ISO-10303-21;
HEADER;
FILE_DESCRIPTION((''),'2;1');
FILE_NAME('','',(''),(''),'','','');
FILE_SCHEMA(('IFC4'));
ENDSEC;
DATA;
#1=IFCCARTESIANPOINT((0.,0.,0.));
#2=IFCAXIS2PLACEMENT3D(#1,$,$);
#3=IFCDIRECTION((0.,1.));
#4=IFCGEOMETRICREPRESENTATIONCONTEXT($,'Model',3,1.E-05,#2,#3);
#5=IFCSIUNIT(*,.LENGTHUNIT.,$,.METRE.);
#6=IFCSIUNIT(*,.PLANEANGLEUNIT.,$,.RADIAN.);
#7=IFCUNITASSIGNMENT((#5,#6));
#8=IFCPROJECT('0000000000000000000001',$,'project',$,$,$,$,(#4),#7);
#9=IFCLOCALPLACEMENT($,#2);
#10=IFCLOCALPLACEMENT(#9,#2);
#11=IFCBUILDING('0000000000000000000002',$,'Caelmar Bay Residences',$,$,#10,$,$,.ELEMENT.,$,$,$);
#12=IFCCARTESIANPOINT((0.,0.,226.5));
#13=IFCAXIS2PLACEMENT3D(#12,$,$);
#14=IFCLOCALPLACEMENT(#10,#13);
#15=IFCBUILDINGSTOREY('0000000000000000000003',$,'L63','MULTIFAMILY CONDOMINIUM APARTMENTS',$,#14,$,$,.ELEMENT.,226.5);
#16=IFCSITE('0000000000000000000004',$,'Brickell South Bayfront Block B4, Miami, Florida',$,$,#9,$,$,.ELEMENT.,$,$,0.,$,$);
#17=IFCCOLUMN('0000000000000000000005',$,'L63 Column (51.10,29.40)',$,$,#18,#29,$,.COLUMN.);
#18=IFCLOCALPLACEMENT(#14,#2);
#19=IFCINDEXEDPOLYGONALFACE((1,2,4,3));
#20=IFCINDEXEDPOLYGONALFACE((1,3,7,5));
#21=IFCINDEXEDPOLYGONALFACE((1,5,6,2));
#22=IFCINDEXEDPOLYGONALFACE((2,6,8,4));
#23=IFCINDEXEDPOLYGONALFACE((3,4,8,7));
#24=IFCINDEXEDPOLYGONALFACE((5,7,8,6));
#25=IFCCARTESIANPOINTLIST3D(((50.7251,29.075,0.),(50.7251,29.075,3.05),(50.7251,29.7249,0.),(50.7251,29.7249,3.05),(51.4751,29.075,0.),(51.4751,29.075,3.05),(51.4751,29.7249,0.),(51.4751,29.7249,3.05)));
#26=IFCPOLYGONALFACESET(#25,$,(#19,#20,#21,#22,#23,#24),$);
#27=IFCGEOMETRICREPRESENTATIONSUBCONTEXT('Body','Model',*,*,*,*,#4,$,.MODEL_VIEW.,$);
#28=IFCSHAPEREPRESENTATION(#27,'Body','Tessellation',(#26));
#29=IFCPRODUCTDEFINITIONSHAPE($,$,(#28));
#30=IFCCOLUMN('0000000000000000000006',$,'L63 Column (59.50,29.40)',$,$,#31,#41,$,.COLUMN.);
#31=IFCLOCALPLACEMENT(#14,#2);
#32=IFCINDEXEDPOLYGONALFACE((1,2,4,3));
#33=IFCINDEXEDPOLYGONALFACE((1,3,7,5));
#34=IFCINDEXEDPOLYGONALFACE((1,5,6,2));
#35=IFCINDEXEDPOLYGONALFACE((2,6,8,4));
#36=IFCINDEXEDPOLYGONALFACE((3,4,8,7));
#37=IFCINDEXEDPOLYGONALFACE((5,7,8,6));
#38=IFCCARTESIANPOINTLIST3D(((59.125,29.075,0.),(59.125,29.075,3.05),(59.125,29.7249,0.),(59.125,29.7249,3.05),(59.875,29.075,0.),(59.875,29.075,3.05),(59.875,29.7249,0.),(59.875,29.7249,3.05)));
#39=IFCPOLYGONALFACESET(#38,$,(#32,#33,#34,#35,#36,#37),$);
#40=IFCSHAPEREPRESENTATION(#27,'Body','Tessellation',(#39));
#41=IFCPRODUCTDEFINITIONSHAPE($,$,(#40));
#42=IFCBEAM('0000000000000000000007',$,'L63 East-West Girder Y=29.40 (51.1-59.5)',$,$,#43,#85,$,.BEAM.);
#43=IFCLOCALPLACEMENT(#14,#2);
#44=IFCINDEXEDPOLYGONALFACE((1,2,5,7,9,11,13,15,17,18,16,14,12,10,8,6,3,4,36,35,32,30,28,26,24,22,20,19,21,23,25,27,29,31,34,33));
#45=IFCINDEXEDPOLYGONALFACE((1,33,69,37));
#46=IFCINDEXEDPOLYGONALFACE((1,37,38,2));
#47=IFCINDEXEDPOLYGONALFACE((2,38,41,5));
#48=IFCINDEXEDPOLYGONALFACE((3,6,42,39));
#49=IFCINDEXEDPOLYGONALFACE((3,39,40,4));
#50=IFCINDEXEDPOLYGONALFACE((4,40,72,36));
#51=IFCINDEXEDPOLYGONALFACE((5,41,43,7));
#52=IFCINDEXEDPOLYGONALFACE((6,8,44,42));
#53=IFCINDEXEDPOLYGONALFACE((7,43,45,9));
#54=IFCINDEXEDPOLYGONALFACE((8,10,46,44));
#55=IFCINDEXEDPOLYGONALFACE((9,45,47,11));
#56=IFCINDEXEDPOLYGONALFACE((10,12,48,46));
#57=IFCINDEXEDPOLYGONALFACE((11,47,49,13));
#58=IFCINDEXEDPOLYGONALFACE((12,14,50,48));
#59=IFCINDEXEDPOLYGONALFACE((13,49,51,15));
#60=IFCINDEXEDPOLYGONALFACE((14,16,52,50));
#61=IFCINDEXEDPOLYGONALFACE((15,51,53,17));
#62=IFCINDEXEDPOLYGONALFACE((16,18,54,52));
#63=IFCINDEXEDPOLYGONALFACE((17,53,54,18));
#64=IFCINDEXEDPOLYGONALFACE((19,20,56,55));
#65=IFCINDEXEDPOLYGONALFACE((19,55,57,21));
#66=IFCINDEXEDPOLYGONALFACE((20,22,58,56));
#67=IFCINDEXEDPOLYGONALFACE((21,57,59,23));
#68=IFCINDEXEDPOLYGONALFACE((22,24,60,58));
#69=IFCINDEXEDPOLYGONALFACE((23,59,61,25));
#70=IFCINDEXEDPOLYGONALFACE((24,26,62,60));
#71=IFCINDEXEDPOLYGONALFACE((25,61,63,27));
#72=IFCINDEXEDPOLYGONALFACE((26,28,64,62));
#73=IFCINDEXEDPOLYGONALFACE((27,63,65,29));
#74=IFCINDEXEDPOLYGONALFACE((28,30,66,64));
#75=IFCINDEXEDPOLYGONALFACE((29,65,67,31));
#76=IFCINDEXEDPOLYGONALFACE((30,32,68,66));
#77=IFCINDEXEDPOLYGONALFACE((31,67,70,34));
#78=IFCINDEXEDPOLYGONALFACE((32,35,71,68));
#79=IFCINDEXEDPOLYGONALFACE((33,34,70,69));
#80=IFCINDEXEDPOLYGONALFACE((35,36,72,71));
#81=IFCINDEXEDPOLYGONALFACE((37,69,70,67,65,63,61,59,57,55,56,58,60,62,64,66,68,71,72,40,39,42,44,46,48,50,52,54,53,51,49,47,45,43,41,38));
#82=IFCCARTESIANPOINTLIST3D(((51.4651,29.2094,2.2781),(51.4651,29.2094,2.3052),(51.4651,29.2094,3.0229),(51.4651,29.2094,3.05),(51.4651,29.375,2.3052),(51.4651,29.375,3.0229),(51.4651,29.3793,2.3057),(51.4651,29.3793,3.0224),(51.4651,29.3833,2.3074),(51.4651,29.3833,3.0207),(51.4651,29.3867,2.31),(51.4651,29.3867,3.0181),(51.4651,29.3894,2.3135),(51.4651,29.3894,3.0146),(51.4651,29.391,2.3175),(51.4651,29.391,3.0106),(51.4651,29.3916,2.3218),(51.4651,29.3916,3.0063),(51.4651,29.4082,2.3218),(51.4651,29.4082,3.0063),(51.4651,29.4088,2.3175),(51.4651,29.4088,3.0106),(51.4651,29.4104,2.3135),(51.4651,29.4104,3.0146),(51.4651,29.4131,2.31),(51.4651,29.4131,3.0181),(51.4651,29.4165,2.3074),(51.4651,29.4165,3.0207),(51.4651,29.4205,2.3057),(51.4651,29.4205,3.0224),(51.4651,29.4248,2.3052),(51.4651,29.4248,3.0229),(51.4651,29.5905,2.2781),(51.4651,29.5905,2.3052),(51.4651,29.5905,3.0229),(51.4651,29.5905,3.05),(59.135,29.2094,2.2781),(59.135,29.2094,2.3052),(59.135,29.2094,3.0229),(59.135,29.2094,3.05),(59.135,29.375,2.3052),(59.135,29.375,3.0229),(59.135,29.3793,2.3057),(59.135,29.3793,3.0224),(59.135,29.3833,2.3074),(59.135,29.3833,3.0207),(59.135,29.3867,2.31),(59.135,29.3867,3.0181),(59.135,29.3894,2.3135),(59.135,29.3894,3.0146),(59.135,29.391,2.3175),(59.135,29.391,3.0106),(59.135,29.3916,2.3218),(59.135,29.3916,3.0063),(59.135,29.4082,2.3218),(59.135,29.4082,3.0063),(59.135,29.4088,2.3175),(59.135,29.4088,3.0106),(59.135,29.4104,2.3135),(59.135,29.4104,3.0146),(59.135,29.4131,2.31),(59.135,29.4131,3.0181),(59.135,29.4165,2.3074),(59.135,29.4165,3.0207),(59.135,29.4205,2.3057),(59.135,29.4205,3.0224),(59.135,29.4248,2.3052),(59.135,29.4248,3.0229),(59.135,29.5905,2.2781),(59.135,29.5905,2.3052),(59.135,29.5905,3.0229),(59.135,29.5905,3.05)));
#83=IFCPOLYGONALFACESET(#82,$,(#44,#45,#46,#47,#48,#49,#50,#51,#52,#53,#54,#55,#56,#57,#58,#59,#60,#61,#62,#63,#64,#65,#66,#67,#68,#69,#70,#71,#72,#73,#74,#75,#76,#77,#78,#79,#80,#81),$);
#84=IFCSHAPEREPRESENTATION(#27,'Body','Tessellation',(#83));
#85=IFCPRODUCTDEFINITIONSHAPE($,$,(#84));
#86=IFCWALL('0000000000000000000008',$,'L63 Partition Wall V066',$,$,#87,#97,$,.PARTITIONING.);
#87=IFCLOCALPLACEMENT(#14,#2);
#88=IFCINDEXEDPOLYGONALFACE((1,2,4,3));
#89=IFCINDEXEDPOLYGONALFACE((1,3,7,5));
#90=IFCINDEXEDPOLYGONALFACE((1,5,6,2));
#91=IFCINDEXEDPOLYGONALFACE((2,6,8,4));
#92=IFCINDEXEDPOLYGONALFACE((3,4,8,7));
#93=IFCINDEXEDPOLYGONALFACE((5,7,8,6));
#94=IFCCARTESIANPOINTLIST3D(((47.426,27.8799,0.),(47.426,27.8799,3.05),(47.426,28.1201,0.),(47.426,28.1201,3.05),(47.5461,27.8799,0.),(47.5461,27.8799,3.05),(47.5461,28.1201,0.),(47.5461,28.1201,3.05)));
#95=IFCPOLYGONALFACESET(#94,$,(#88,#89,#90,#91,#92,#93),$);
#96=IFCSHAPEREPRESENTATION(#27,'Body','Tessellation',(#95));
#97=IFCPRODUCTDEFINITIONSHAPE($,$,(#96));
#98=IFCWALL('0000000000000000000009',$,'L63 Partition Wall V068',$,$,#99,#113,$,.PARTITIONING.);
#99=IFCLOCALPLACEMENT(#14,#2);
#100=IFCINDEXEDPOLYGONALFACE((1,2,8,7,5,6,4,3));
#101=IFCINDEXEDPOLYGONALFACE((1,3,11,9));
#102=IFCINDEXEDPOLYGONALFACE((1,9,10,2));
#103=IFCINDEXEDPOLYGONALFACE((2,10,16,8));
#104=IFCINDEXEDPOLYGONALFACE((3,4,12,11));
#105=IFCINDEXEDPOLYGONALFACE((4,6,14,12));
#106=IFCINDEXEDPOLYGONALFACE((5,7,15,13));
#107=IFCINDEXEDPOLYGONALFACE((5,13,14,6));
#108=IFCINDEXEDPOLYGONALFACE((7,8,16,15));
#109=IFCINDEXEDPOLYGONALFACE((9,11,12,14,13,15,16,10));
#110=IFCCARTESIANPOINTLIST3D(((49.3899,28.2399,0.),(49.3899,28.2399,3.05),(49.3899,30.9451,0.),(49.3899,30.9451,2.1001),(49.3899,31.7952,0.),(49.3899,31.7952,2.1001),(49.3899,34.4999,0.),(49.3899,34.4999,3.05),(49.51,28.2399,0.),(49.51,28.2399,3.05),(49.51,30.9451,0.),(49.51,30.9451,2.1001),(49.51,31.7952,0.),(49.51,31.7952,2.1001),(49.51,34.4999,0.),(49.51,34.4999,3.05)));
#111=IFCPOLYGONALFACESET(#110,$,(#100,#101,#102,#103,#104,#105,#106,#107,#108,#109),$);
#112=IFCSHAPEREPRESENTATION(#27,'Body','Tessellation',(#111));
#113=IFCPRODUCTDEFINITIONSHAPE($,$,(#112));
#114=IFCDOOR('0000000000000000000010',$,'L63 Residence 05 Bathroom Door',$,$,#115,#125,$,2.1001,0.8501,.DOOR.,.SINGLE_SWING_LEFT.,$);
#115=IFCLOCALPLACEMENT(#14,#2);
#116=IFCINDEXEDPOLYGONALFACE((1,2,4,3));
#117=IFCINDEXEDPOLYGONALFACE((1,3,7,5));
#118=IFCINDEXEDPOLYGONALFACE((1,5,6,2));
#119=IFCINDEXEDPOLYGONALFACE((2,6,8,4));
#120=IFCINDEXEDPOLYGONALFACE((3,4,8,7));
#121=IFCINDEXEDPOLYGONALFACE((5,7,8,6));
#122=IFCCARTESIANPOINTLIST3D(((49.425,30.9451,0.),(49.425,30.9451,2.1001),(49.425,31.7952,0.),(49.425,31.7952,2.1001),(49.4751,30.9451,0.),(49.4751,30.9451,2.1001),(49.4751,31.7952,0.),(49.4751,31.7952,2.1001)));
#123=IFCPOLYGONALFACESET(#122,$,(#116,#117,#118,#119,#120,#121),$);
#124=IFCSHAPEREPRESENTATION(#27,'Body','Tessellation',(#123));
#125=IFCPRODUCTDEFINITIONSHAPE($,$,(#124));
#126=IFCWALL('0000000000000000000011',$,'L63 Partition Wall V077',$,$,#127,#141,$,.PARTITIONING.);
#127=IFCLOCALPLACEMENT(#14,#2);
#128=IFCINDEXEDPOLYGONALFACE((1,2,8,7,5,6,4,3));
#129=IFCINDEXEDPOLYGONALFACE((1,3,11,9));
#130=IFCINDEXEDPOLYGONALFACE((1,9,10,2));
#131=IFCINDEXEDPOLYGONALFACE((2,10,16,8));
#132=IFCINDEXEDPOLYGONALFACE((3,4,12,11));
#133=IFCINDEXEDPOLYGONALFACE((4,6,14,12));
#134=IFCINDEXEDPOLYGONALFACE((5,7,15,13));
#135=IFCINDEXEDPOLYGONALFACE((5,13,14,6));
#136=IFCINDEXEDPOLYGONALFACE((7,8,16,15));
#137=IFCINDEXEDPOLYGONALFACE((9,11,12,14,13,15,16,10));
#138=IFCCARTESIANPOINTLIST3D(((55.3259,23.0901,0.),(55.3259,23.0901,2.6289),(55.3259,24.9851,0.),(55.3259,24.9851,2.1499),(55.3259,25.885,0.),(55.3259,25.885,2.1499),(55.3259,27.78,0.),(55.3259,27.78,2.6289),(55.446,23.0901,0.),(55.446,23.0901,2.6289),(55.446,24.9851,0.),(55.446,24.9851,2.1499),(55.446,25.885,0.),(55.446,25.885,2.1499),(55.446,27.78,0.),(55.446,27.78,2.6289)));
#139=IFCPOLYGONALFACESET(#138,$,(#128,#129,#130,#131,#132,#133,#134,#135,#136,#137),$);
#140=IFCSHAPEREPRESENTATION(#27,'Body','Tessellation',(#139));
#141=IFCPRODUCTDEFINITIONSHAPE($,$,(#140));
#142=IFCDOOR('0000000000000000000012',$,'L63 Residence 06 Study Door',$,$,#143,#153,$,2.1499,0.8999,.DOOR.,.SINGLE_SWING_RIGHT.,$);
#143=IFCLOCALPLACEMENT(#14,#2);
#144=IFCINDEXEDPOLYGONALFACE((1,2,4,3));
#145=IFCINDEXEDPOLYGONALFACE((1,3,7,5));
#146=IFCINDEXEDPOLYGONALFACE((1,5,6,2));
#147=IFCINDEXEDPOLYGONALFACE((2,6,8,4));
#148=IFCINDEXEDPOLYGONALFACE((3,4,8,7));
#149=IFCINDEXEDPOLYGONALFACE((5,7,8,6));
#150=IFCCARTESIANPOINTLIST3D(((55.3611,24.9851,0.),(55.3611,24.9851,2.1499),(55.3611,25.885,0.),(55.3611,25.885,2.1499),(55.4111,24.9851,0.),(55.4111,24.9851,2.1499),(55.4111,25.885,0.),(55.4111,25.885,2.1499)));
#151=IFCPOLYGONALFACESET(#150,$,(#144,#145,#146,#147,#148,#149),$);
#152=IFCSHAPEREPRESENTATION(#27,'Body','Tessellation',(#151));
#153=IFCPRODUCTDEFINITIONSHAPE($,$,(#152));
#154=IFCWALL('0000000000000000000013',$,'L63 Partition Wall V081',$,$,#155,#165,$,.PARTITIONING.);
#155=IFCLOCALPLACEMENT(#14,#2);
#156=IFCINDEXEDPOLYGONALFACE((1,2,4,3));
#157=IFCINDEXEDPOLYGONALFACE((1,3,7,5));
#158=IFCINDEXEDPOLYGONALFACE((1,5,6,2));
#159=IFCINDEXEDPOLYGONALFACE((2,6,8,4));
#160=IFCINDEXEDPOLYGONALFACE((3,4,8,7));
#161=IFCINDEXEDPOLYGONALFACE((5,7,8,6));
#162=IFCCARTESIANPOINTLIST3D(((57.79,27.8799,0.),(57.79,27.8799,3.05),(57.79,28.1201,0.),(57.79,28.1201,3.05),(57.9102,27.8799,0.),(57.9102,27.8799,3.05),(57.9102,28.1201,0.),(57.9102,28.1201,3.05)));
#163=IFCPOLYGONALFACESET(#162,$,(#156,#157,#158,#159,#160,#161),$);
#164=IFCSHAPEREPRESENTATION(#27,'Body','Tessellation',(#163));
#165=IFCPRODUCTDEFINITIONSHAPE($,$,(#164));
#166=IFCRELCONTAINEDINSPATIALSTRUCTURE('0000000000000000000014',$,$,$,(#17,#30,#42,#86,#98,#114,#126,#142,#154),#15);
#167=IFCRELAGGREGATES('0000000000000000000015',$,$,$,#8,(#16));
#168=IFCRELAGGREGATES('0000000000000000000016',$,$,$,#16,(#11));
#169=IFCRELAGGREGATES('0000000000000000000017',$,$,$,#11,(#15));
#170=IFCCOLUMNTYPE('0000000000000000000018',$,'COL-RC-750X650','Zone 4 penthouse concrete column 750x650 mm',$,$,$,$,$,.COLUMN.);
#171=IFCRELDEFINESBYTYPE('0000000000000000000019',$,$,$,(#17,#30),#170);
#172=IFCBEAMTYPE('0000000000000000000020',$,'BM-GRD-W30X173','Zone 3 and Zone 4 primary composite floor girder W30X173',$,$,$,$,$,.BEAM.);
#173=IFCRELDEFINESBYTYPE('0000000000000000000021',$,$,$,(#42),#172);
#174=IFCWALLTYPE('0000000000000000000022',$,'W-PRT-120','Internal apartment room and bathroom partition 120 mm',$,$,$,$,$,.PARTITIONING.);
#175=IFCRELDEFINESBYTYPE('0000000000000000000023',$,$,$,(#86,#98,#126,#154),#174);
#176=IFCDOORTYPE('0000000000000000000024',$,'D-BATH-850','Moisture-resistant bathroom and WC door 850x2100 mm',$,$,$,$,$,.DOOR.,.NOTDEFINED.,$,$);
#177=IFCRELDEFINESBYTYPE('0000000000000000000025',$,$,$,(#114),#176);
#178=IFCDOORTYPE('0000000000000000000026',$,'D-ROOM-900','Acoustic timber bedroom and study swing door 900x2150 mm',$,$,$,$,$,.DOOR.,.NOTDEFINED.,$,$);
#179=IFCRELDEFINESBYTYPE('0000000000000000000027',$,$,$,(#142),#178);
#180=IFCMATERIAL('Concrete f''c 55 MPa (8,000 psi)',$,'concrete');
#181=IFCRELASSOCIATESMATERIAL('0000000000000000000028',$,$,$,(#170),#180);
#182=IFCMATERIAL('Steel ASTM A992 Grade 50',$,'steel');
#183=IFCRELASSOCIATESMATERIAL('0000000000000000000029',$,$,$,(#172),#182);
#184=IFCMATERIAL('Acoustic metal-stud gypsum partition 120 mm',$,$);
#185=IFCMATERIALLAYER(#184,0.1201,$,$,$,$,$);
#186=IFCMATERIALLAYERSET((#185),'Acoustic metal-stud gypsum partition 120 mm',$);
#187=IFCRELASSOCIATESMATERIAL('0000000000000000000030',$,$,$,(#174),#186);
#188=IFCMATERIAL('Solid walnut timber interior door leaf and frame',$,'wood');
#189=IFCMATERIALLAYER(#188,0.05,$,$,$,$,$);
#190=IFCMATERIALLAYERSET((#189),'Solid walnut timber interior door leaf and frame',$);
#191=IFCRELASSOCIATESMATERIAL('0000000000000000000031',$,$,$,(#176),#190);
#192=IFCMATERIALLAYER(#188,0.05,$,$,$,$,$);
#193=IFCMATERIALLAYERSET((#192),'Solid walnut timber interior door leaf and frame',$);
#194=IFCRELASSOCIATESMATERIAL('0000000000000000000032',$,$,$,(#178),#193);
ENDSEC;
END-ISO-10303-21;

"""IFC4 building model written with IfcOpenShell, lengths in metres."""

from ifc_helpers import new_model, si_unit, direction, frame, frame_2d, origin, origin_2d, place, context, subcontext, project, spatial, rectangle, i_section, extrude, material, layer, layer_set, material_profile, profile_set, type_object, element, fill, save


model = new_model("IFC4")

# Units and contexts
model_context = context("Model", 3, precision=1e-05, world=origin(), true_north=direction((0.0, 1.0)))
body_context = subcontext(model_context, "Body", "Model", "MODEL_VIEW")
ifc_project = project(units=[si_unit("LENGTHUNIT", "METRE"), si_unit("PLANEANGLEUNIT", "RADIAN")], contexts=[model_context])

# Site, building, storey
site_placement = place(None, origin())
site = spatial("IfcSite", under=ifc_project, at=site_placement, Name="Brickell South Bayfront Block B4, Miami, Florida", CompositionType="ELEMENT", RefElevation=0.0)
building_placement = place(site_placement, origin())
building = spatial("IfcBuilding", under=site, at=building_placement, Name="Caelmar Bay Residences", CompositionType="ELEMENT")
storey_placement = place(building_placement, frame((0.0, 0.0, 226.5)))
storey = spatial("IfcBuildingStorey", under=building, at=storey_placement, Name="L63", Description="MULTIFAMILY CONDOMINIUM APARTMENTS", CompositionType="ELEMENT", Elevation=226.5)

# Columns
ifc_material_1 = material(Name="Concrete f'c 55 MPa (8,000 psi)", Category="concrete")
ifc_material_profile_1 = material_profile(ifc_material_1, rectangle(XDim=0.75, YDim=0.6499, at=origin_2d()), Name="RC-COL-750X650")
ifc_profile_set_1 = profile_set([ifc_material_profile_1], Name="Concrete f'c 55 MPa (8,000 psi)")
column_type = type_object("IfcColumnType", Name="COL-RC-750X650", Description="Zone 4 penthouse concrete column 750x650 mm", PredefinedType="COLUMN", material=ifc_profile_set_1)
for number, where, z_axis, x_axis, name in (
    (1, (51.1001, 29.3999, 0.0), (0.0, 0.0, 1.0), (1.0, 0.0, 0.0), "L63 Column (51.10,29.40)"),
    (2, (59.5, 29.3999, 0.0), (0.0, 0.0, 1.0), (1.0, 0.0, 0.0), "L63 Column (59.50,29.40)"),
):
    element("IfcColumn", number, at=place(storey_placement, frame(where, z_axis=z_axis, x_axis=x_axis)), inside=storey, type_object=column_type, Name=name, PredefinedType="COLUMN", context=body_context, shape_type="SweptSolid", body=[
        extrude(rectangle(XDim=0.75, YDim=0.6499, at=origin_2d()), origin(), (0.0, 0.0, 1.0), 3.05),
    ])

# Beam
ifc_material_2 = material(Name="Steel ASTM A992 Grade 50", Category="steel")
ifc_material_profile_2 = material_profile(ifc_material_2, i_section(OverallWidth=0.3811, OverallDepth=0.772, WebThickness=0.0166, FlangeThickness=0.0271, FilletRadius=0.0166, at=origin_2d()), Name="W30X173")
ifc_profile_set_2 = profile_set([ifc_material_profile_2], Name="Steel ASTM A992 Grade 50")
beam_type = type_object("IfcBeamType", Name="BM-GRD-W30X173", Description="Zone 3 and Zone 4 primary composite floor girder W30X173", PredefinedType="BEAM", material=ifc_profile_set_2)
beam_placement = place(storey_placement, frame((51.4651, 29.3999, 2.6641), z_axis=(1.0, 0.0, 0.0), x_axis=(0.0, 1.0, 0.0)))
element("IfcBeam", 3, at=beam_placement, inside=storey, type_object=beam_type, Name="L63 East-West Girder Y=29.40 (51.1-59.5)", PredefinedType="BEAM", context=body_context, shape_type="SweptSolid", body=[
    extrude(i_section(OverallWidth=0.3811, OverallDepth=0.772, WebThickness=0.0166, FlangeThickness=0.0271, FilletRadius=0.0166, at=origin_2d()), origin(), (0.0, 0.0, 1.0), 7.6699),
])

# Wall
ifc_material_3 = material(Name="Acoustic metal-stud gypsum partition 120 mm")
ifc_layer_1 = layer(ifc_material_3, 0.1201)
ifc_layer_set_1 = layer_set([ifc_layer_1], Name="Acoustic metal-stud gypsum partition 120 mm")
wall_type_1 = type_object("IfcWallType", Name="W-PRT-120", Description="Internal apartment room and bathroom partition 120 mm", PredefinedType="PARTITIONING", material=ifc_layer_set_1)
wall_1_placement = place(storey_placement, frame((47.4861, 27.8799, 0.0), z_axis=(0.0, 0.0, 1.0), x_axis=(0.0, 1.0, 0.0)))
element("IfcWall", 4, at=wall_1_placement, inside=storey, type_object=wall_type_1, Name="L63 Partition Wall V066", PredefinedType="PARTITIONING", context=body_context, shape_type="SweptSolid", body=[
    extrude(rectangle(XDim=0.2402, YDim=0.1201, at=frame_2d((0.1201, 0.0))), origin(), (0.0, 0.0, 1.0), 3.05),
])

# Walls, openings, doors
wall_2_placement = place(storey_placement, frame((49.45, 28.24, 0.0), z_axis=(0.0, 0.0, 1.0), x_axis=(0.0, 1.0, 0.0)))
wall_2 = element("IfcWall", 5, at=wall_2_placement, inside=storey, type_object=wall_type_1, Name="L63 Partition Wall V068", PredefinedType="PARTITIONING", context=body_context, shape_type="SweptSolid", body=[
    extrude(rectangle(XDim=6.26, YDim=0.1201, at=frame_2d((3.1299, 0.0))), origin(), (0.0, 0.0, 1.0), 3.05),
])
opening_1_placement = place(wall_2_placement, frame((2.7051, 0.0, 0.0)))
opening_1 = element("IfcOpeningElement", 6, at=opening_1_placement, cuts=wall_2, PredefinedType="OPENING", context=body_context, shape_type="SweptSolid", body=[
    extrude(rectangle(XDim=0.8501, YDim=2.1001, at=frame_2d((0.425, 1.05))), frame((0.0, 0.0701, 0.0), z_axis=(0.0, -1.0, 0.0), x_axis=(1.0, 0.0, 0.0)), (0.0, 0.0, 1.0), 0.1401),
])
ifc_material_4 = material(Name="Solid walnut timber interior door leaf and frame", Category="wood")
ifc_layer_2 = layer(ifc_material_4, 0.05)
ifc_layer_set_2 = layer_set([ifc_layer_2], Name="Solid walnut timber interior door leaf and frame")
door_type_1 = type_object("IfcDoorType", Name="D-BATH-850", Description="Moisture-resistant bathroom and WC door 850x2100 mm", OperationType="NOTDEFINED", PredefinedType="DOOR", material=ifc_layer_set_2)
door_1_placement = place(opening_1_placement, origin())
door_1 = element("IfcDoor", 7, at=door_1_placement, inside=storey, type_object=door_type_1, Name="L63 Residence 05 Bathroom Door", OperationType="SINGLE_SWING_LEFT", OverallHeight=2.1001, OverallWidth=0.8501, PredefinedType="DOOR", context=body_context, shape_type="SweptSolid", body=[
    extrude(rectangle(XDim=0.8501, YDim=2.1001, at=frame_2d((0.425, 1.05))), frame((0.0, 0.0249, 0.0), z_axis=(0.0, -1.0, 0.0), x_axis=(1.0, 0.0, 0.0)), (0.0, 0.0, 1.0), 0.05),
])
fill(opening_1, door_1)
wall_3_placement = place(storey_placement, frame((55.386, 23.0901, 0.0), z_axis=(0.0, 0.0, 1.0), x_axis=(0.0, 1.0, 0.0)))
wall_3 = element("IfcWall", 8, at=wall_3_placement, inside=storey, type_object=wall_type_1, Name="L63 Partition Wall V077", PredefinedType="PARTITIONING", context=body_context, shape_type="SweptSolid", body=[
    extrude(rectangle(XDim=4.6899, YDim=0.1201, at=frame_2d((2.345, 0.0))), origin(), (0.0, 0.0, 1.0), 2.6289),
])
opening_2_placement = place(wall_3_placement, frame((1.895, 0.0, 0.0)))
opening_2 = element("IfcOpeningElement", 9, at=opening_2_placement, cuts=wall_3, PredefinedType="OPENING", context=body_context, shape_type="SweptSolid", body=[
    extrude(rectangle(XDim=0.8999, YDim=2.1499, at=frame_2d((0.45, 1.075))), frame((0.0, 0.0701, 0.0), z_axis=(0.0, -1.0, 0.0), x_axis=(1.0, 0.0, 0.0)), (0.0, 0.0, 1.0), 0.1401),
])
ifc_layer_3 = layer(ifc_material_4, 0.05)
ifc_layer_set_3 = layer_set([ifc_layer_3], Name="Solid walnut timber interior door leaf and frame")
door_type_2 = type_object("IfcDoorType", Name="D-ROOM-900", Description="Acoustic timber bedroom and study swing door 900x2150 mm", OperationType="NOTDEFINED", PredefinedType="DOOR", material=ifc_layer_set_3)
door_2_placement = place(opening_2_placement, origin())
door_2 = element("IfcDoor", 10, at=door_2_placement, inside=storey, type_object=door_type_2, Name="L63 Residence 06 Study Door", OperationType="SINGLE_SWING_RIGHT", OverallHeight=2.1499, OverallWidth=0.8999, PredefinedType="DOOR", context=body_context, shape_type="SweptSolid", body=[
    extrude(rectangle(XDim=0.8999, YDim=2.1499, at=frame_2d((0.45, 1.075))), frame((0.0, 0.0249, 0.0), z_axis=(0.0, -1.0, 0.0), x_axis=(1.0, 0.0, 0.0)), (0.0, 0.0, 1.0), 0.05),
])
fill(opening_2, door_2)

# Wall
wall_4_placement = place(storey_placement, frame((57.8501, 27.8799, 0.0), z_axis=(0.0, 0.0, 1.0), x_axis=(0.0, 1.0, 0.0)))
element("IfcWall", 11, at=wall_4_placement, inside=storey, type_object=wall_type_1, Name="L63 Partition Wall V081", PredefinedType="PARTITIONING", context=body_context, shape_type="SweptSolid", body=[
    extrude(rectangle(XDim=0.2402, YDim=0.1201, at=frame_2d((0.1201, 0.0))), origin(), (0.0, 0.0, 1.0), 3.05),
])

save(model, "model.ifc")
